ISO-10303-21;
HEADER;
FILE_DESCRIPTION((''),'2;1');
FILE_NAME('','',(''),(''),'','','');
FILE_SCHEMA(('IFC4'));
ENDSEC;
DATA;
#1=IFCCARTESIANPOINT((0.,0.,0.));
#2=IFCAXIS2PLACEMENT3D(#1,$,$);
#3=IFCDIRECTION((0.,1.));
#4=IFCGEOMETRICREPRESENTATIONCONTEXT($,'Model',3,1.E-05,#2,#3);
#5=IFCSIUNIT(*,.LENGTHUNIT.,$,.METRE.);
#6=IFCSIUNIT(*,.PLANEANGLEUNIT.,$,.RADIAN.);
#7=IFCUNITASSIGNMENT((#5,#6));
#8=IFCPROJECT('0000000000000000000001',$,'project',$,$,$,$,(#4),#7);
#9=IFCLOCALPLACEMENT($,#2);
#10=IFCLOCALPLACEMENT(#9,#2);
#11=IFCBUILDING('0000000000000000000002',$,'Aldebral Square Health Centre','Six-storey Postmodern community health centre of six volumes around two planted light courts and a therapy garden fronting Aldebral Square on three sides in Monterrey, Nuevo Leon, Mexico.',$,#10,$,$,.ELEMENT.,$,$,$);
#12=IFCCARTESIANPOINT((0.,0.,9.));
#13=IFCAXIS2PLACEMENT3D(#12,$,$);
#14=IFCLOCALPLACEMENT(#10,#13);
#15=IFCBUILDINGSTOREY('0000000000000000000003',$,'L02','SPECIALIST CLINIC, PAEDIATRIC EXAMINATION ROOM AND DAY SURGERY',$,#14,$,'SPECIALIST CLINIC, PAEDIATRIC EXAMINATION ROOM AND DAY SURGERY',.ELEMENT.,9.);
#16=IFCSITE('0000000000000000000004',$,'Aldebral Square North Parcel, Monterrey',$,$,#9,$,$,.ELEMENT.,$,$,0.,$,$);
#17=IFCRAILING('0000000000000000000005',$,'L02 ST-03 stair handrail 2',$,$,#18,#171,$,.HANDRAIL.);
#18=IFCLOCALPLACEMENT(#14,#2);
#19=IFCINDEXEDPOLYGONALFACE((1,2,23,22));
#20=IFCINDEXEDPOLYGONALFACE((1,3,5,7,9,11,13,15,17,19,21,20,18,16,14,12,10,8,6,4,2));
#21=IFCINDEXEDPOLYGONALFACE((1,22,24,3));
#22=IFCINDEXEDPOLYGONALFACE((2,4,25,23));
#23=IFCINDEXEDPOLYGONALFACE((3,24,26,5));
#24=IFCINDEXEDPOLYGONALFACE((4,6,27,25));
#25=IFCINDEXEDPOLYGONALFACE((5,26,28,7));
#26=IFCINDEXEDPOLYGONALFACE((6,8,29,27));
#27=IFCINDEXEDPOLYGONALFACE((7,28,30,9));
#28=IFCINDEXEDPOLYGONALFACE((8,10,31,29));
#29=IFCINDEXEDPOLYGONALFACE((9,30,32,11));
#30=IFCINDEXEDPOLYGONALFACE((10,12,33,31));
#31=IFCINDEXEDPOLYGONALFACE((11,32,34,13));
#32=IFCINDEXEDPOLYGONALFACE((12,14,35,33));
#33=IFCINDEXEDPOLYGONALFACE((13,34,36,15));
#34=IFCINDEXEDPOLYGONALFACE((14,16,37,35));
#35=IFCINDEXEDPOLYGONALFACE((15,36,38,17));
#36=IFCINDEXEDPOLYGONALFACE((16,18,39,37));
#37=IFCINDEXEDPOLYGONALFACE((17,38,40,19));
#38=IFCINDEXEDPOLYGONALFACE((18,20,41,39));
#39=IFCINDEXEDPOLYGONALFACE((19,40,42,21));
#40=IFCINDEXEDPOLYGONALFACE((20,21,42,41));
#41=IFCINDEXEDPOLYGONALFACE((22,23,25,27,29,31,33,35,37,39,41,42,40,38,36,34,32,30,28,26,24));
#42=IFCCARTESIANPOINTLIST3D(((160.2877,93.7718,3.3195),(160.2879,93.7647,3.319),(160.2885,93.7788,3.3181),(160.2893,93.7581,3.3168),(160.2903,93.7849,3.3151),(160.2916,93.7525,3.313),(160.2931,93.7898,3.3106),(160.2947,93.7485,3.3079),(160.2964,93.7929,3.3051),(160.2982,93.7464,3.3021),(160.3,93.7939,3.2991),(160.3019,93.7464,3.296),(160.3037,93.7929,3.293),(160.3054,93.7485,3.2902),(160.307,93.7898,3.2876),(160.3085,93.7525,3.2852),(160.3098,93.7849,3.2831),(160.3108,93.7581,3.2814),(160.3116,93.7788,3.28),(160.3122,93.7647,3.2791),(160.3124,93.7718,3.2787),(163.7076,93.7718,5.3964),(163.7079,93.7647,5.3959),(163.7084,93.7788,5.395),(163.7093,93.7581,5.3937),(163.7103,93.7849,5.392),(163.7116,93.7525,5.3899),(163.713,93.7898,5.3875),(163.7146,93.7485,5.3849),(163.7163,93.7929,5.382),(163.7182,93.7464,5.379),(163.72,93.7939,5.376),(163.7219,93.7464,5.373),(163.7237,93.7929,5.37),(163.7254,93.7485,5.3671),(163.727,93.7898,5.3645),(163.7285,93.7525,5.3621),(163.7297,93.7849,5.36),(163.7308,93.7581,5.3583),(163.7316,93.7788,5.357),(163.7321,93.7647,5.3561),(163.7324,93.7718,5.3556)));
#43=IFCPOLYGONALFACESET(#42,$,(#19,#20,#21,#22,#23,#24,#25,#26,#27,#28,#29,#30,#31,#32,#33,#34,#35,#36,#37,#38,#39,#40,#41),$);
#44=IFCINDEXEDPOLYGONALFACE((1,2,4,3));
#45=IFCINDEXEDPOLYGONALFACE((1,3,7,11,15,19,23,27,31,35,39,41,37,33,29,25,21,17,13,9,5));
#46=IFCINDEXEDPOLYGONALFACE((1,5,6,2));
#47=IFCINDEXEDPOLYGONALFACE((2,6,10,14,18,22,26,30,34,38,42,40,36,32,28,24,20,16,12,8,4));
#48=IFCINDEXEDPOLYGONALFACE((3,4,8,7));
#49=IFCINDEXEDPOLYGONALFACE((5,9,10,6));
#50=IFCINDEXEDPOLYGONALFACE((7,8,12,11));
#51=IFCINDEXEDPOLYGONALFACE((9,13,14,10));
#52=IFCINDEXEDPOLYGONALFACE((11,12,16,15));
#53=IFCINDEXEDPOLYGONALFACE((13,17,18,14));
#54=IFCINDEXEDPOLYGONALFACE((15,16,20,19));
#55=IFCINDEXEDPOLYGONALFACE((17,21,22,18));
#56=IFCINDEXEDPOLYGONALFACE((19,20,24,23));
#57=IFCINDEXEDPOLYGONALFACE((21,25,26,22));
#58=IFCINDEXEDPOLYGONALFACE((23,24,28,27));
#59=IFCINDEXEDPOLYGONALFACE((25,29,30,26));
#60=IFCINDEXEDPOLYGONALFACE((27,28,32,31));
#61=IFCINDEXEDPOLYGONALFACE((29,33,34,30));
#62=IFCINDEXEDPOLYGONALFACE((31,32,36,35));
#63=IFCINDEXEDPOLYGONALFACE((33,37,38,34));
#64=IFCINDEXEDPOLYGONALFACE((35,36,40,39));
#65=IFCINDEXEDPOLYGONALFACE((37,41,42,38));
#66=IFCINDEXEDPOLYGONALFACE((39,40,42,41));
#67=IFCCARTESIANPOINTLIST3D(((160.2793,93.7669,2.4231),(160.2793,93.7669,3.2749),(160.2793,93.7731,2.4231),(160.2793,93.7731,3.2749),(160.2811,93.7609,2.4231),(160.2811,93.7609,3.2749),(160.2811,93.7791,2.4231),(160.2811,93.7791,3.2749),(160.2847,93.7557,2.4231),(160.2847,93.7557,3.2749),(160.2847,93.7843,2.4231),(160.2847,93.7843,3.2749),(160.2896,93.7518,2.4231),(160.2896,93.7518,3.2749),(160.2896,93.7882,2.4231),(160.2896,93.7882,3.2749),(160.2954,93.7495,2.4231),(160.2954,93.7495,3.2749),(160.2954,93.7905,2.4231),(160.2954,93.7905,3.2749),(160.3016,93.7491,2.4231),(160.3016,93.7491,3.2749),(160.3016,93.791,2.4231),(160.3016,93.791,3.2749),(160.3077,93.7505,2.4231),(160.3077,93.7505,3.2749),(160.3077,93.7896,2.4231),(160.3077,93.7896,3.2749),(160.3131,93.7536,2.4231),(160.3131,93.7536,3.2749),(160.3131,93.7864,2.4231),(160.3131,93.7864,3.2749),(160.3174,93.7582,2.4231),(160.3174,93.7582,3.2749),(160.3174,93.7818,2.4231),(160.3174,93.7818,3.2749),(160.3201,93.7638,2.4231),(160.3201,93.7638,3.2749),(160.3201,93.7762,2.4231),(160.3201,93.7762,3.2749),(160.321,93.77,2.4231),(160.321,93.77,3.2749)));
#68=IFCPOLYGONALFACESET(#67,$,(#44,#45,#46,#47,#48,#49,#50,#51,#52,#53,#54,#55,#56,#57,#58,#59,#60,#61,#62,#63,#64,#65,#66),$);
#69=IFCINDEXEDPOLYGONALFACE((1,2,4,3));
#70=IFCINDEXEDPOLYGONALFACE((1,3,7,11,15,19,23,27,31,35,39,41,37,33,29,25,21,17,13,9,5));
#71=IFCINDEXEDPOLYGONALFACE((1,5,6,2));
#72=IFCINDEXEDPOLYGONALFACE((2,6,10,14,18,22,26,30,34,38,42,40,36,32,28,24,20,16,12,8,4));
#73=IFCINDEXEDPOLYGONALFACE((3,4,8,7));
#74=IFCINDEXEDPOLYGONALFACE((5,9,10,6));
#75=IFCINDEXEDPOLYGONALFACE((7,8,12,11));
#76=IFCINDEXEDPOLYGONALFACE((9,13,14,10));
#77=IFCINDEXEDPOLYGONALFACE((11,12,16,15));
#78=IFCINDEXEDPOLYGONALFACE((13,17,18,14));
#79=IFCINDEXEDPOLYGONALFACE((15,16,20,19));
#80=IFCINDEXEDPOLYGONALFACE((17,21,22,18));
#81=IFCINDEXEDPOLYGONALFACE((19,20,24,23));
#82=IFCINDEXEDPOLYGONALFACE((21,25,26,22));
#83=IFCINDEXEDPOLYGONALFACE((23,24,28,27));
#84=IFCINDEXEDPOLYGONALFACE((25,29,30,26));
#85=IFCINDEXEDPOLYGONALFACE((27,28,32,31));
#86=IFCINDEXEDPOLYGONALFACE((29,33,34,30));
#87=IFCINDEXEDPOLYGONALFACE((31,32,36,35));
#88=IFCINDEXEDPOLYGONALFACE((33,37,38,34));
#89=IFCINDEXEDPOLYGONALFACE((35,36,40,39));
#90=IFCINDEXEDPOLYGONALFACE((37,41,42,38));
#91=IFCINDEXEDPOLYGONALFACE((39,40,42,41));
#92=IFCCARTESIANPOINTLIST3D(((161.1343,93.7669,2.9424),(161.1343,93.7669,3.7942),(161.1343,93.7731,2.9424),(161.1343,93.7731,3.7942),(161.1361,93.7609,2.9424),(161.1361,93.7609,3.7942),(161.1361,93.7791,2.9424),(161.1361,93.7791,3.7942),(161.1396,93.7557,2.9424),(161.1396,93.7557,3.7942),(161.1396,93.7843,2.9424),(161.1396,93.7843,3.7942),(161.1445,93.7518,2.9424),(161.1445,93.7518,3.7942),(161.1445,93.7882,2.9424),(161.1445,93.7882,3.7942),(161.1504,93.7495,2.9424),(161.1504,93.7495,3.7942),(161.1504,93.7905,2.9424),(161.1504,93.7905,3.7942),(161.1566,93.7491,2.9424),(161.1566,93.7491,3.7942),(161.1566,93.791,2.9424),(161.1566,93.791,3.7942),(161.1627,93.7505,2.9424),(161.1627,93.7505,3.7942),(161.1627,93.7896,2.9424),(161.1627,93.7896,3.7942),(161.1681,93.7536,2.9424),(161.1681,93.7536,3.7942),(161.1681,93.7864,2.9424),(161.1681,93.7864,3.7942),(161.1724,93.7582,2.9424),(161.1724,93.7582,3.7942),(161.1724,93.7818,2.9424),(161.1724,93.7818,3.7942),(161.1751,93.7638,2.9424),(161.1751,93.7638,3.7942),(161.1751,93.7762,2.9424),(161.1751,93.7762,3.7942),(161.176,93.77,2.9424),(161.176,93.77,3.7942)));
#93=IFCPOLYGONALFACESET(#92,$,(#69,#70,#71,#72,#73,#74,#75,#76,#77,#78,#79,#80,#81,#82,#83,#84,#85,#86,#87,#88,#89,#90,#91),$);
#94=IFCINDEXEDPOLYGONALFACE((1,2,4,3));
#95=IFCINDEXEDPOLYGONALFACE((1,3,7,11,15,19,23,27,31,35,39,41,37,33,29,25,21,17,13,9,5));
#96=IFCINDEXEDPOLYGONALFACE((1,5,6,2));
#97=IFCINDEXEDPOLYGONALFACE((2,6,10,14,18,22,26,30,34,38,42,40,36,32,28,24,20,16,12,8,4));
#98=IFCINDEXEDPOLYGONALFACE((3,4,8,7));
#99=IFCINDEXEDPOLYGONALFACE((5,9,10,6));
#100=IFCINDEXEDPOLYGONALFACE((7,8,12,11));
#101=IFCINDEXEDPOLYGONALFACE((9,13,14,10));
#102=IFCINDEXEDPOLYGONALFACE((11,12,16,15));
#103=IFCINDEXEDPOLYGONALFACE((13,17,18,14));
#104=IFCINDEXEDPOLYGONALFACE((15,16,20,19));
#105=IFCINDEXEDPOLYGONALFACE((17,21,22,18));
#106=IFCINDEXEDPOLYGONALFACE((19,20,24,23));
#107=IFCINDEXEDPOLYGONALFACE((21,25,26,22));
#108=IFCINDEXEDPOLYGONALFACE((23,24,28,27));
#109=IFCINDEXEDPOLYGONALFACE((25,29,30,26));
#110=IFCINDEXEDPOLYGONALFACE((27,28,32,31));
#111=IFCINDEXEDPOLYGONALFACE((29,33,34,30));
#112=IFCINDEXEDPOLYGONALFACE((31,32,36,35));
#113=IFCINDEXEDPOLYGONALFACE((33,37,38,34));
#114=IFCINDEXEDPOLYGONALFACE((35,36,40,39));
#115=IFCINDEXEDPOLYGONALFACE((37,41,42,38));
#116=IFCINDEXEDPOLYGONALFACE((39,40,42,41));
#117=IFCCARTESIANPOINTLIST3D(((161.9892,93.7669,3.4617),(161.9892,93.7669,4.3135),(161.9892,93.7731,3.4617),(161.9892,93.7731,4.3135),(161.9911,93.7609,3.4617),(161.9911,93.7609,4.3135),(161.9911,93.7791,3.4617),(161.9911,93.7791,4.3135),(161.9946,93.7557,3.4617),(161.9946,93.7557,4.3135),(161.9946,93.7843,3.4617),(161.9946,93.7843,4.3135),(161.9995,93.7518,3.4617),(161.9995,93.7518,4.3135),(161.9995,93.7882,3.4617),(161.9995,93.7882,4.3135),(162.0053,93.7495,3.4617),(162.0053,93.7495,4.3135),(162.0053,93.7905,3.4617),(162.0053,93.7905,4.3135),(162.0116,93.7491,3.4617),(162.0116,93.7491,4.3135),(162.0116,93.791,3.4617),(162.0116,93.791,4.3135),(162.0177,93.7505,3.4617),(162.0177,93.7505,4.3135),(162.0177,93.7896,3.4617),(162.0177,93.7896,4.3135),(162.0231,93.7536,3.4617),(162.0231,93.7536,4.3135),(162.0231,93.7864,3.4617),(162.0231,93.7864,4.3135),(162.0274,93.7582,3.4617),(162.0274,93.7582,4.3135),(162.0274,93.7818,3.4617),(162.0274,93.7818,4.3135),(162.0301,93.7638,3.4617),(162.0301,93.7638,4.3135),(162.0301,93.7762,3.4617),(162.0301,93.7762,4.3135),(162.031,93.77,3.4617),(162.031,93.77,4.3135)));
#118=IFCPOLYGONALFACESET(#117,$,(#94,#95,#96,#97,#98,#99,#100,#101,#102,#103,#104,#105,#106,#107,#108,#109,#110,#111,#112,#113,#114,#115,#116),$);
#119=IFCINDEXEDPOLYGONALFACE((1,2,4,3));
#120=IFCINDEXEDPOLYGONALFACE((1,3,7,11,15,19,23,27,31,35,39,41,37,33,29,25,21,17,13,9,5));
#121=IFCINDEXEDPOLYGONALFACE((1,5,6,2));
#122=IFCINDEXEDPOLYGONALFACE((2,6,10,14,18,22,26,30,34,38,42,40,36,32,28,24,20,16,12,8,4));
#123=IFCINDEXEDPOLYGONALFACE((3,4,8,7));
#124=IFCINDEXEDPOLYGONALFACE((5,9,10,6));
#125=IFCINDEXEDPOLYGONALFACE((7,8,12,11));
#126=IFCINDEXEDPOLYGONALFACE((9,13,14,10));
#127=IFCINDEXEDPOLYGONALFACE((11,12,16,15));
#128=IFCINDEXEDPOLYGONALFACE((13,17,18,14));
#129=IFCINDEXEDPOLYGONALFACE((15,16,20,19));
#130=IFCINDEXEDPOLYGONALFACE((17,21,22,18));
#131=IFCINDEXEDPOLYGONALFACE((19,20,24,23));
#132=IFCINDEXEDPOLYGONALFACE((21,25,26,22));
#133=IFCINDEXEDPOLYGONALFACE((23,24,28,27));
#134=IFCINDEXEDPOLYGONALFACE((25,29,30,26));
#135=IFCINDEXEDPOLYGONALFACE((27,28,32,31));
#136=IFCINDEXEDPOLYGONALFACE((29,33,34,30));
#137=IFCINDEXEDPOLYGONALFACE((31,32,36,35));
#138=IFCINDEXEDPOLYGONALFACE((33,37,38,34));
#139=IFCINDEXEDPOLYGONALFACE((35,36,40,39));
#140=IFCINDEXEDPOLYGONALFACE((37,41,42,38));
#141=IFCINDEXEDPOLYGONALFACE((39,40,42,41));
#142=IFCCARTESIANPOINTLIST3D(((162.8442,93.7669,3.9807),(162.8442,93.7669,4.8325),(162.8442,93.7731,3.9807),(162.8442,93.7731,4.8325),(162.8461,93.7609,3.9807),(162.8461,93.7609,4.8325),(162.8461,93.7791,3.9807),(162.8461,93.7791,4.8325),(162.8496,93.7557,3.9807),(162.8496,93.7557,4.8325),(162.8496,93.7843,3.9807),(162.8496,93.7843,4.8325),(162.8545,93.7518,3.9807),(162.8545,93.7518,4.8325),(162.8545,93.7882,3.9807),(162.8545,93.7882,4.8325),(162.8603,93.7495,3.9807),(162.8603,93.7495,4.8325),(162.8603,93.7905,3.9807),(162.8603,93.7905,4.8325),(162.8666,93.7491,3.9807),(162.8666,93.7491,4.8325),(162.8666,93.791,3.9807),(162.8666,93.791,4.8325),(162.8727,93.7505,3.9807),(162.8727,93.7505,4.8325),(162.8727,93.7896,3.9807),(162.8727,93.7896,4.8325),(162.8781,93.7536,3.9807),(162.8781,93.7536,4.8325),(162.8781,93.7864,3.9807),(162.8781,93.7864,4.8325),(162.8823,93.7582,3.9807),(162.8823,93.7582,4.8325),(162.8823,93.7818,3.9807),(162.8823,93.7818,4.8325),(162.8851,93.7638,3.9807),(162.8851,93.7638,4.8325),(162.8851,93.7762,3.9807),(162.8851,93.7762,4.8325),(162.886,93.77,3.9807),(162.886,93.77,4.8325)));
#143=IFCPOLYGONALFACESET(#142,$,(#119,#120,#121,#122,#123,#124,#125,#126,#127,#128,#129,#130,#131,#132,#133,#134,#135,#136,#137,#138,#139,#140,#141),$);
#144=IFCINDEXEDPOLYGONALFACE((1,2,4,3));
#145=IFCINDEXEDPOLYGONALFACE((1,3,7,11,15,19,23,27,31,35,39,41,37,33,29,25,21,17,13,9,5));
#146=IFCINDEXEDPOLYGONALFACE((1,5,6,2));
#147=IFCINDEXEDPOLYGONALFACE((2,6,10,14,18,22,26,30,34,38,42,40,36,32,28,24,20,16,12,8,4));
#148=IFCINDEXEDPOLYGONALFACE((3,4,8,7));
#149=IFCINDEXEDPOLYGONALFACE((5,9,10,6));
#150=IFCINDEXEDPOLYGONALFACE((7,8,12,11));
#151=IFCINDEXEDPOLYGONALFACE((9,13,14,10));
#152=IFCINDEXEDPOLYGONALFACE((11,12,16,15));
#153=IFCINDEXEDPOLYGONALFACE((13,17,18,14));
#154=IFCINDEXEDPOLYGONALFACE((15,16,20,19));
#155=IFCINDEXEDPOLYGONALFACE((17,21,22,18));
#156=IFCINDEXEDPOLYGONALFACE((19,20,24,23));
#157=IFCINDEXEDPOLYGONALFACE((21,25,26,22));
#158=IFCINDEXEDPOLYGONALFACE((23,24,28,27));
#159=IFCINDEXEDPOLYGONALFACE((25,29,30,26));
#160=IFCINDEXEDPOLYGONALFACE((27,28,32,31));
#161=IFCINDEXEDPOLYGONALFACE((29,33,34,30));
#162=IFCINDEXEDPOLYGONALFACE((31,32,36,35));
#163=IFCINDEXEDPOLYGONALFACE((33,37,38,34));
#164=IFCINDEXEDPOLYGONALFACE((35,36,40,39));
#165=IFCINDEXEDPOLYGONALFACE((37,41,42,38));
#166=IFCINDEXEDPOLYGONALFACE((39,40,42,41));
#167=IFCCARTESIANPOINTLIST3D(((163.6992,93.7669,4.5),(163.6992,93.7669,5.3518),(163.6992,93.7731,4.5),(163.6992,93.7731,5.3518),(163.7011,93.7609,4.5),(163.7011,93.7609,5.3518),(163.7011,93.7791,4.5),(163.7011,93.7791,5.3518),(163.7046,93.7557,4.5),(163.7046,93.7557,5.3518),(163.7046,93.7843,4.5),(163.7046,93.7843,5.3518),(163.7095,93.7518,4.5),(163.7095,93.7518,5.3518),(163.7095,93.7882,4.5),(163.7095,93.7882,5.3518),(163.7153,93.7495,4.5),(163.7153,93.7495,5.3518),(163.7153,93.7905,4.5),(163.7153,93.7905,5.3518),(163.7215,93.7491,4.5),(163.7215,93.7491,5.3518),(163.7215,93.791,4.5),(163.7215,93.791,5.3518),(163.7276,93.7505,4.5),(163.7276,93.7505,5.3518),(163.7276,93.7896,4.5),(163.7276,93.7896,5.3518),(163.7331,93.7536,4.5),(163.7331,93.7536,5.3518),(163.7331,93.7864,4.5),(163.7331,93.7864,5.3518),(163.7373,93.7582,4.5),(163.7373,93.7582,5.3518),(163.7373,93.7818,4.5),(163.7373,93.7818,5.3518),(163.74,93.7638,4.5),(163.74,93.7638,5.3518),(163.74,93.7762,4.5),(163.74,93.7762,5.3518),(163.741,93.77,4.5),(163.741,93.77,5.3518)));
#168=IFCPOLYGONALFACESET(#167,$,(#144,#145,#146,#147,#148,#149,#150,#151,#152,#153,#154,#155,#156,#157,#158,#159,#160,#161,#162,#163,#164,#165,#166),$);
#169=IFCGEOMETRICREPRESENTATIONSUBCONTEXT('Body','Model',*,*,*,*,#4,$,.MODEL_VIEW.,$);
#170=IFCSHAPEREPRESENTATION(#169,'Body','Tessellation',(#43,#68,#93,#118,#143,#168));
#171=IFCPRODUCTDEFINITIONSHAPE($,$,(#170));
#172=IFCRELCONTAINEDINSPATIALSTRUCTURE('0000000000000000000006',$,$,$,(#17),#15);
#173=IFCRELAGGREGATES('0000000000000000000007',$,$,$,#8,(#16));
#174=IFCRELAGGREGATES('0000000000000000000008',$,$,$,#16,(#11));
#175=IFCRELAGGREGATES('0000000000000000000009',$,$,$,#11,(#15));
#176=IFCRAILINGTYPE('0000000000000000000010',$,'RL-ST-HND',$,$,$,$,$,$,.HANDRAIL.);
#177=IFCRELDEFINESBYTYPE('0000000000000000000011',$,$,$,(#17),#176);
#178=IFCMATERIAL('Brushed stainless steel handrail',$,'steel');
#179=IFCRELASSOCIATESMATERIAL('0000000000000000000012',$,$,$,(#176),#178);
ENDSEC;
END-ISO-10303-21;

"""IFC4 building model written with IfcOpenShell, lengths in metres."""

from ifc_helpers import new_model, si_unit, direction, frame, origin, origin_2d, place, context, subcontext, project, spatial, circle, extrude, material, type_object, element, save


model = new_model("IFC4")

# Units and contexts
model_context = context("Model", 3, precision=1e-05, world=origin(), true_north=direction((0.0, 1.0)))
body_context = subcontext(model_context, "Body", "Model", "MODEL_VIEW")
ifc_project = project(units=[si_unit("LENGTHUNIT", "METRE"), si_unit("PLANEANGLEUNIT", "RADIAN")], contexts=[model_context])

# Site, building, storey
site_placement = place(None, origin())
site = spatial("IfcSite", under=ifc_project, at=site_placement, Name="Aldebral Square North Parcel, Monterrey", CompositionType="ELEMENT", RefElevation=0.0)
building_placement = place(site_placement, origin())
building = spatial("IfcBuilding", under=site, at=building_placement, Name="Aldebral Square Health Centre", Description="Six-storey Postmodern community health centre of six volumes around two planted light courts and a therapy garden fronting Aldebral Square on three sides in Monterrey, Nuevo Leon, Mexico.", CompositionType="ELEMENT")
storey_placement = place(building_placement, frame((0.0, 0.0, 9.0)))
storey = spatial("IfcBuildingStorey", under=building, at=storey_placement, Name="L02", Description="SPECIALIST CLINIC, PAEDIATRIC EXAMINATION ROOM AND DAY SURGERY", LongName="SPECIALIST CLINIC, PAEDIATRIC EXAMINATION ROOM AND DAY SURGERY", CompositionType="ELEMENT", Elevation=9.0)

# Railing
ifc_material_1 = material(Name="Brushed stainless steel handrail", Category="steel")
railing_type_1 = type_object("IfcRailingType", Name="RL-ST-HND", PredefinedType="HANDRAIL", material=ifc_material_1)
railing_1_placement = place(storey_placement, frame((160.3, 93.77, 2.4231)))
element("IfcRailing", 1, at=railing_1_placement, inside=storey, type_object=railing_type_1, Name="L02 ST-03 stair handrail 2", PredefinedType="HANDRAIL", context=body_context, shape_type="SweptSolid", body=[
    extrude(circle(Radius=0.0239, at=origin_2d()), frame((0.0, 0.0, 0.876), z_axis=(0.85473, 0.0, 0.519074), x_axis=(0.0, 1.0, 0.0)), (0.0, 0.0, 1.0), 4.0012),
    extrude(circle(Radius=0.021, at=origin_2d()), origin(), (0.0, 0.0, 1.0), 0.8518),
    extrude(circle(Radius=0.021, at=origin_2d()), frame((0.855, 0.0, 0.5193)), (0.0, 0.0, 1.0), 0.8518),
    extrude(circle(Radius=0.021, at=origin_2d()), frame((1.71, 0.0, 1.0386)), (0.0, 0.0, 1.0), 0.8518),
    extrude(circle(Radius=0.021, at=origin_2d()), frame((2.5649, 0.0, 1.5576)), (0.0, 0.0, 1.0), 0.8518),
    extrude(circle(Radius=0.021, at=origin_2d()), frame((3.4199, 0.0, 2.0769)), (0.0, 0.0, 1.0), 0.8518),
])

save(model, "model.ifc")
